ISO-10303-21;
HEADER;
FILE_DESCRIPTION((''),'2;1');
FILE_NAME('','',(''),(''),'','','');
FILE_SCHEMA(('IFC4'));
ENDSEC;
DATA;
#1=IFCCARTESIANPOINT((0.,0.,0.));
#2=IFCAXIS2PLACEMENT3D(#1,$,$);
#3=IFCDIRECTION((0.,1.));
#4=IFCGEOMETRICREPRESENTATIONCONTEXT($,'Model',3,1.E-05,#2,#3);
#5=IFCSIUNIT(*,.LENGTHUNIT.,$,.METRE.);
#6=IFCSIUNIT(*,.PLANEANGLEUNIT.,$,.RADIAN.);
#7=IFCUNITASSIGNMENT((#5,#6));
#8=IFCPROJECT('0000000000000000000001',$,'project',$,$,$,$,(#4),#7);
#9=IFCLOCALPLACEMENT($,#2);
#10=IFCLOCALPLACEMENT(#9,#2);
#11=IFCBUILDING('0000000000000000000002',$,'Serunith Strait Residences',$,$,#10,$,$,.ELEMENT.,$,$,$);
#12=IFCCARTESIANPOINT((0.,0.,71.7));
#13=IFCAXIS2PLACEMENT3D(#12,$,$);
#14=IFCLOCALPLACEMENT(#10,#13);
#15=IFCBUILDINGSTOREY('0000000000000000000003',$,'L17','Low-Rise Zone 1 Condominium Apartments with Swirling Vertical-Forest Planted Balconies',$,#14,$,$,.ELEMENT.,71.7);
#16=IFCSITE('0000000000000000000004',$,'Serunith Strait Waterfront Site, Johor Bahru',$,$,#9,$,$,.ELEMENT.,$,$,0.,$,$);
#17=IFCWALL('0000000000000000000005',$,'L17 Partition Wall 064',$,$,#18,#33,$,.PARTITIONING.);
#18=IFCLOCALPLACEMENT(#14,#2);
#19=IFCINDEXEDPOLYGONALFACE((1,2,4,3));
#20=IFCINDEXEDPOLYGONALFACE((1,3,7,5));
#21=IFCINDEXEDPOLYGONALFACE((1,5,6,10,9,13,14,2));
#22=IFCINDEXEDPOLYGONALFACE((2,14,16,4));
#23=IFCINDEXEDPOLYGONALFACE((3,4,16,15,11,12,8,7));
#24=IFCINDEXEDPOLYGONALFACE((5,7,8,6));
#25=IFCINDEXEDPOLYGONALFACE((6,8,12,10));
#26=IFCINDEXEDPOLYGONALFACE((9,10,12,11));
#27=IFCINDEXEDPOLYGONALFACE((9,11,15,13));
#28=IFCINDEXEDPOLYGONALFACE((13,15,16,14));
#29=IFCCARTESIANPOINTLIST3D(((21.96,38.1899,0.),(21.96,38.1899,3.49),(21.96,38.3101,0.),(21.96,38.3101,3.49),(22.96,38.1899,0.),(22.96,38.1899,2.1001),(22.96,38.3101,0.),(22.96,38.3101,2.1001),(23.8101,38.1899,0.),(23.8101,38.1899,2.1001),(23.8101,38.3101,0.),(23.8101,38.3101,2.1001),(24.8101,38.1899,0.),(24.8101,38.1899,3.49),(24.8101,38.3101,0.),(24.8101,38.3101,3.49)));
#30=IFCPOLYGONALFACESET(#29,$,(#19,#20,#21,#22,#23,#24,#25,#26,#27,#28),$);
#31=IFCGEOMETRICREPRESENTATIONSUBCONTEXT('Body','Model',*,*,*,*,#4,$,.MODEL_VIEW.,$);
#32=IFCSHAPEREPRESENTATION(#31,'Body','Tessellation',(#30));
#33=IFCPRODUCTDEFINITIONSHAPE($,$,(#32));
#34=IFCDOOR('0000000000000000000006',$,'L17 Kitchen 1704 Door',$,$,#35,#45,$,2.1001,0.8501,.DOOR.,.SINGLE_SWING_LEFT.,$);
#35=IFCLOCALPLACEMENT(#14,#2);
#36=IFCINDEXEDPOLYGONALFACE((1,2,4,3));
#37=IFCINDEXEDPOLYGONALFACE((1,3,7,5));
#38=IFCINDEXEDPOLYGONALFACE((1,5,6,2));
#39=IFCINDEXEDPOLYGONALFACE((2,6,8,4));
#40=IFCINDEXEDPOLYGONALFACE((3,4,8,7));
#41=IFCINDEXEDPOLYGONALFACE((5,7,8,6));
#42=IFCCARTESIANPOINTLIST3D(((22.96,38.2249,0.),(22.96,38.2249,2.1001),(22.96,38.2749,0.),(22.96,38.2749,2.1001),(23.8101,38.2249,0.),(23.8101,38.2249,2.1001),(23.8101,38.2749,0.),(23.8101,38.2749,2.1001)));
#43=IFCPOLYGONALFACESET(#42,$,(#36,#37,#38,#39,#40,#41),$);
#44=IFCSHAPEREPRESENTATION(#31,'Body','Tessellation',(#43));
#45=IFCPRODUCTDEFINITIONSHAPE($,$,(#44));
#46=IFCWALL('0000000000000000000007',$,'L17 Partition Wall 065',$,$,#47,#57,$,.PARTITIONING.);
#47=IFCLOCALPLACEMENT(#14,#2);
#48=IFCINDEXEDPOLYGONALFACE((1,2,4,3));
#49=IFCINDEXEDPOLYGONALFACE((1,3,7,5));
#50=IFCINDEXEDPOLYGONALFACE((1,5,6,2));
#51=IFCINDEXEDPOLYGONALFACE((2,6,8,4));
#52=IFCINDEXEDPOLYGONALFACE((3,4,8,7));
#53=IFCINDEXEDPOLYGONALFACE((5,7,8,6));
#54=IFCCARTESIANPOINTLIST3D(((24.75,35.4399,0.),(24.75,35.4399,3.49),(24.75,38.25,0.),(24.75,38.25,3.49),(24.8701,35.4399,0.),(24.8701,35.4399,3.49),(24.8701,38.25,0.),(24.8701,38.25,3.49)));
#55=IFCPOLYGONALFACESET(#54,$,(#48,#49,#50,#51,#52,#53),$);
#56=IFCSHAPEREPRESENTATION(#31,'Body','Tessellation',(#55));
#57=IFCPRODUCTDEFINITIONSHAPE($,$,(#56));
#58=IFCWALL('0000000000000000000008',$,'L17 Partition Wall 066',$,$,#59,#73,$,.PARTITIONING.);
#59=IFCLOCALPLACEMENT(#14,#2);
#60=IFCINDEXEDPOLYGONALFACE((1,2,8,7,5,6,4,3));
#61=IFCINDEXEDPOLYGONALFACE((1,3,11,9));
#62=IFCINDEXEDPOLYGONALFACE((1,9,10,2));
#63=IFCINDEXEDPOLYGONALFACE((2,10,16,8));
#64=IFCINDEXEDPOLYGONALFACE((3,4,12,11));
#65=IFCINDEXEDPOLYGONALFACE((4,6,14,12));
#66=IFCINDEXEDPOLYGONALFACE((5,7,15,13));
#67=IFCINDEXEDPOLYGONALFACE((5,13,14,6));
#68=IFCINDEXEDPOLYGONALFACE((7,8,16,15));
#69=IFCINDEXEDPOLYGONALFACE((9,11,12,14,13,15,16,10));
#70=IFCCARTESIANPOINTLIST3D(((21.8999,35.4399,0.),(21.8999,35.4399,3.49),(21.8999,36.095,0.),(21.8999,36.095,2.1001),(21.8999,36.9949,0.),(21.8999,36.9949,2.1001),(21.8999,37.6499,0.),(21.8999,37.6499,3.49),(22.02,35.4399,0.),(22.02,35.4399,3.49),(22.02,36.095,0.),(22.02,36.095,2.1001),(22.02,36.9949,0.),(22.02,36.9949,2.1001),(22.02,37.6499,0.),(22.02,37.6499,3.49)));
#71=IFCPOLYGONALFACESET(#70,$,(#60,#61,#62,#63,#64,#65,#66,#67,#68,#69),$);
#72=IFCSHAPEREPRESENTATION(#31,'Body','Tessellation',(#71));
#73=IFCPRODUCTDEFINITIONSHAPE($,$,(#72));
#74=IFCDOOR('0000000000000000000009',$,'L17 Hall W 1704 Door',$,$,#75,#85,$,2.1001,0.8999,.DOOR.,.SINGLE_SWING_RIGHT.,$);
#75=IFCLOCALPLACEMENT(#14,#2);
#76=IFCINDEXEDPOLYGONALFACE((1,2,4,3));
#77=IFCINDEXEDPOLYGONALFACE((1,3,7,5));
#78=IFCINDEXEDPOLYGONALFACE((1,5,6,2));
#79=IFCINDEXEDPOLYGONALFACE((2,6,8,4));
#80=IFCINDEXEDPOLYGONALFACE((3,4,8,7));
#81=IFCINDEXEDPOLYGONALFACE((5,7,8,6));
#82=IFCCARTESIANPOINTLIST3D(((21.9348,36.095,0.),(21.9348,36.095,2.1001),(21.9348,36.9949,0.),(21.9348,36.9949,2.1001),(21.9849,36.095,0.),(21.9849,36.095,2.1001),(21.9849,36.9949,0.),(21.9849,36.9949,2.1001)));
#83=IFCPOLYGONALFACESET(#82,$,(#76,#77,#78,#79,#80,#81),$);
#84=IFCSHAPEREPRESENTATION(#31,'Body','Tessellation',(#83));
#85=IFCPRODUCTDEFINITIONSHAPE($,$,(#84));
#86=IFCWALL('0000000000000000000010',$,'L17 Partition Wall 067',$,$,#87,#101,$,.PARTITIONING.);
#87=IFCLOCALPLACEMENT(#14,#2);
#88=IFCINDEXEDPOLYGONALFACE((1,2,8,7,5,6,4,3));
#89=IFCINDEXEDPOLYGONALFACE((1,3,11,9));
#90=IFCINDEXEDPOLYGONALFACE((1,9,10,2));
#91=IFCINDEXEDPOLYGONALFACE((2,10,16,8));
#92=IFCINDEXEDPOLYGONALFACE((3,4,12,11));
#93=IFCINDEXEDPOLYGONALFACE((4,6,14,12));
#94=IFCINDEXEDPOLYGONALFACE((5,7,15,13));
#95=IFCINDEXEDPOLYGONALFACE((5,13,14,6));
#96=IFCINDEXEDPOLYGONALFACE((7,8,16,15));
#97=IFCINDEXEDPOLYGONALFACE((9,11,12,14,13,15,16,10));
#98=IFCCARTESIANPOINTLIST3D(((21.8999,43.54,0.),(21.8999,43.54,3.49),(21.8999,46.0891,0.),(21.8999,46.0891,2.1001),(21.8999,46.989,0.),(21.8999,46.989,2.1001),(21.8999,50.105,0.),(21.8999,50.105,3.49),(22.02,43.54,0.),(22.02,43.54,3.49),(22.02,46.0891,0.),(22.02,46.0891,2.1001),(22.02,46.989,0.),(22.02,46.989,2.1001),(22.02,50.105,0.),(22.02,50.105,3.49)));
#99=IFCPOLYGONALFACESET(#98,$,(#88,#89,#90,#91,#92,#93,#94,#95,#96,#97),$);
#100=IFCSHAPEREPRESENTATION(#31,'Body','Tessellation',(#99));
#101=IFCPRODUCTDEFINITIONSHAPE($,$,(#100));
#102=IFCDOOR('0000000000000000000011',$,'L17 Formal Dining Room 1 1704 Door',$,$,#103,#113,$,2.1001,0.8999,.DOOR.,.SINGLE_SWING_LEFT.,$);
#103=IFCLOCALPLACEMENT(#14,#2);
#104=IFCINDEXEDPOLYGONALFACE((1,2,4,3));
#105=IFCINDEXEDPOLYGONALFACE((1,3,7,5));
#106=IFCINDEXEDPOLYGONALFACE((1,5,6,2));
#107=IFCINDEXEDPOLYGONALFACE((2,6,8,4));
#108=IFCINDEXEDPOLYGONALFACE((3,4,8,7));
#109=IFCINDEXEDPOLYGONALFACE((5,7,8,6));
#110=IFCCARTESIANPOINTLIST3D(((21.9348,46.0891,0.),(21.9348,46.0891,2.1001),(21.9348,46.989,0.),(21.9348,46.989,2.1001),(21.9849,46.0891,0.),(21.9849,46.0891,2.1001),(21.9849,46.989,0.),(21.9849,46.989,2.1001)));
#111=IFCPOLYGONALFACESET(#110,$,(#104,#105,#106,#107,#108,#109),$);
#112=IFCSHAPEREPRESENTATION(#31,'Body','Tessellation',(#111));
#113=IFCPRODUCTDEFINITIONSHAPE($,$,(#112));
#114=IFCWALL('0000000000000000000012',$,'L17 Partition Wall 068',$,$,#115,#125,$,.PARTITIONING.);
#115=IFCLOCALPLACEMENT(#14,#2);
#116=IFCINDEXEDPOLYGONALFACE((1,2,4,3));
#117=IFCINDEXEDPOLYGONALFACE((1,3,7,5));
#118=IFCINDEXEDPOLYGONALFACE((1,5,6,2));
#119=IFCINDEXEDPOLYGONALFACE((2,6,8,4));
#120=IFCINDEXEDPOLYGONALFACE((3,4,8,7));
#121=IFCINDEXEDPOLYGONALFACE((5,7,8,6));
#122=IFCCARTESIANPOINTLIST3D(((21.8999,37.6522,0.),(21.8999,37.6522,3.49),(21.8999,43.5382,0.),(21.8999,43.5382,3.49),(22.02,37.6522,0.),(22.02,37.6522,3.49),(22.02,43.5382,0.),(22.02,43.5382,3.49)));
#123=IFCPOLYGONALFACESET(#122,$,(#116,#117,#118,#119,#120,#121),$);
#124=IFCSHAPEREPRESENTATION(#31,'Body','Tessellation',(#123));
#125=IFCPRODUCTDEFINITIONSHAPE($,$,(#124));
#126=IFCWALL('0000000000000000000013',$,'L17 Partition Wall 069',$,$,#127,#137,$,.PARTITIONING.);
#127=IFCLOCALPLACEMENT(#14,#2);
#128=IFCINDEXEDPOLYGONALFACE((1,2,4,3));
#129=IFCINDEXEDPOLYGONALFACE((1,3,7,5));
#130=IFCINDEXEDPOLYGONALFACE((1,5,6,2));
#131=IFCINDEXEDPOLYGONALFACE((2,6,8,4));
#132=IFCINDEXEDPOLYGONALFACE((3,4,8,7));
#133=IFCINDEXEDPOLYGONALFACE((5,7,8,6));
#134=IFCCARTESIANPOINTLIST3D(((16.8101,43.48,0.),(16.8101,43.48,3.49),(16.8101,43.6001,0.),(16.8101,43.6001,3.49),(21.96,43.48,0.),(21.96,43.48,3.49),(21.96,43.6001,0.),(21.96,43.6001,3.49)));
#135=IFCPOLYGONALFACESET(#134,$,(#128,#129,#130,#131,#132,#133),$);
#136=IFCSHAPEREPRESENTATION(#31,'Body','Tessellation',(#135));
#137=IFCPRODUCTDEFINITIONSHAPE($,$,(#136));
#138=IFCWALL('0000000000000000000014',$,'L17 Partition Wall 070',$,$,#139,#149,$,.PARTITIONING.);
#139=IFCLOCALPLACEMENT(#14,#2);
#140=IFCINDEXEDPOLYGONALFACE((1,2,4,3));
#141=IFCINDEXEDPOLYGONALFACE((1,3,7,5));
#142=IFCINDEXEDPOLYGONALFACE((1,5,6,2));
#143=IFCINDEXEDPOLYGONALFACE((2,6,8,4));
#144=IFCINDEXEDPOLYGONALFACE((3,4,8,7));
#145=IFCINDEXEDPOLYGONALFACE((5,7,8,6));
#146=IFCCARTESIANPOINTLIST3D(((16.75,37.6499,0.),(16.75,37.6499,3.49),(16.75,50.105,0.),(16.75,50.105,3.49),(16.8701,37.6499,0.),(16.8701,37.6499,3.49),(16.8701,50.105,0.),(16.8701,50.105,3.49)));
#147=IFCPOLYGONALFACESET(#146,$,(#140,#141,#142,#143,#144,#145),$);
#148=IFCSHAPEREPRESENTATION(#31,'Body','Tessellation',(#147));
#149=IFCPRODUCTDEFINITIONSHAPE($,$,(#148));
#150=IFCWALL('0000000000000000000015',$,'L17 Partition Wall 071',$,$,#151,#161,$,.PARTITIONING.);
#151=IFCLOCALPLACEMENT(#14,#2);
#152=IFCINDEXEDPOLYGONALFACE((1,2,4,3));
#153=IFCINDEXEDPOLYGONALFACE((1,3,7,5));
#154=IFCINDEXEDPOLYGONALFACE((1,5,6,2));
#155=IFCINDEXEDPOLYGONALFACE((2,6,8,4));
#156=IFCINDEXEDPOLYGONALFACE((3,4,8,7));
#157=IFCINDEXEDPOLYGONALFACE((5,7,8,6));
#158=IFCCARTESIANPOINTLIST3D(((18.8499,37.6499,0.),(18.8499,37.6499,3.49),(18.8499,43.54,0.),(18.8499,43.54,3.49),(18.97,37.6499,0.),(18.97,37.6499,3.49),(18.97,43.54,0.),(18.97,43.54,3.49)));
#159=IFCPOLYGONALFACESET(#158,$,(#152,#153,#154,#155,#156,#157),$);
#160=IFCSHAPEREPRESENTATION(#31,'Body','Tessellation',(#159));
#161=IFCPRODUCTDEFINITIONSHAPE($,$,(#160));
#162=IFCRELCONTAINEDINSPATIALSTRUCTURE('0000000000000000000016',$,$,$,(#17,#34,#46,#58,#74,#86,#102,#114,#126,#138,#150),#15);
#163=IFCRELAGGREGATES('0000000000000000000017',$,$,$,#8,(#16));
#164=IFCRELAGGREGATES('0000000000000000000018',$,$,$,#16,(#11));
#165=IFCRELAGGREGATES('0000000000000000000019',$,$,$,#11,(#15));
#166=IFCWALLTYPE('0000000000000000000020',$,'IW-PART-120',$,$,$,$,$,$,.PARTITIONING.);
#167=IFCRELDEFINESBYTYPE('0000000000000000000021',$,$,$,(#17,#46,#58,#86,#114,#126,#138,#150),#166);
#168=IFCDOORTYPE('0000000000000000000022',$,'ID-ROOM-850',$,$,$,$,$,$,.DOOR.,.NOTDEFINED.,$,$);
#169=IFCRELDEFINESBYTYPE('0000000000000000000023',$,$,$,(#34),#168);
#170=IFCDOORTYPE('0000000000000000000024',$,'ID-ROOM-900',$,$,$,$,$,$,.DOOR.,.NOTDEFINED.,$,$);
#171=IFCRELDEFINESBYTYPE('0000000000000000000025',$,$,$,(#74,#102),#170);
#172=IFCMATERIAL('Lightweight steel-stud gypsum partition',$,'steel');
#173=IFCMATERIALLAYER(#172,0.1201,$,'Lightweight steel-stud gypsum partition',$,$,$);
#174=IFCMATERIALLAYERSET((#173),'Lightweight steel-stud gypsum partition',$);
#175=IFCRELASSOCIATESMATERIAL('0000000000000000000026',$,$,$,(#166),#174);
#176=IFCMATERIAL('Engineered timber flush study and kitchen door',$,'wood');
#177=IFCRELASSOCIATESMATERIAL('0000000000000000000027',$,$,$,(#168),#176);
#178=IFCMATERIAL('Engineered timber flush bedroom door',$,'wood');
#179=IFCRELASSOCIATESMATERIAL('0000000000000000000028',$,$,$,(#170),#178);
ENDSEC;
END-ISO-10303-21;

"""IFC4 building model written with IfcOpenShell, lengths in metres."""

from ifc_helpers import new_model, si_unit, direction, frame, frame_2d, origin, place, context, subcontext, project, spatial, rectangle, extrude, source, transform, mapped, material, layer, layer_set, type_object, element, fill, save


model = new_model("IFC4")

# Units and contexts
model_context = context("Model", 3, precision=1e-05, world=origin(), true_north=direction((0.0, 1.0)))
body_context = subcontext(model_context, "Body", "Model", "MODEL_VIEW")
ifc_project = project(units=[si_unit("LENGTHUNIT", "METRE"), si_unit("PLANEANGLEUNIT", "RADIAN")], contexts=[model_context])

# Site, building, storey
site_placement = place(None, origin())
site = spatial("IfcSite", under=ifc_project, at=site_placement, Name="Serunith Strait Waterfront Site, Johor Bahru", CompositionType="ELEMENT", RefElevation=0.0)
building_placement = place(site_placement, origin())
building = spatial("IfcBuilding", under=site, at=building_placement, Name="Serunith Strait Residences", CompositionType="ELEMENT")
storey_placement = place(building_placement, frame((0.0, 0.0, 71.7)))
storey = spatial("IfcBuildingStorey", under=building, at=storey_placement, Name="L17", Description="Low-Rise Zone 1 Condominium Apartments with Swirling Vertical-Forest Planted Balconies", CompositionType="ELEMENT", Elevation=71.7)

# Wall, opening, door
ifc_material_1 = material(Name="Lightweight steel-stud gypsum partition", Category="steel")
ifc_layer_1 = layer(ifc_material_1, 0.1201, Name="Lightweight steel-stud gypsum partition")
ifc_layer_set_1 = layer_set([ifc_layer_1], Name="Lightweight steel-stud gypsum partition")
wall_type = type_object("IfcWallType", Name="IW-PART-120", PredefinedType="PARTITIONING", material=ifc_layer_set_1)
wall_1_placement = place(storey_placement, frame((21.96, 38.25, 0.0), z_axis=(0.0, 0.0, 1.0), x_axis=(1.0, 0.0, 0.0)))
wall_1 = element("IfcWall", 1, at=wall_1_placement, inside=storey, type_object=wall_type, Name="L17 Partition Wall 064", PredefinedType="PARTITIONING", context=body_context, shape_type="SweptSolid", body=[
    extrude(rectangle(XDim=2.8501, YDim=0.1201, at=frame_2d((1.425, 0.0))), origin(), (0.0, 0.0, 1.0), 3.49),
])
opening_1_placement = place(wall_1_placement, frame((1.0, 0.0, 0.0)))
opening_1 = element("IfcOpeningElement", 2, at=opening_1_placement, cuts=wall_1, PredefinedType="OPENING", context=body_context, shape_type="SweptSolid", body=[
    extrude(rectangle(XDim=0.8501, YDim=2.1001, at=frame_2d((0.425, 1.05))), frame((0.0, 0.0701, 0.0), z_axis=(0.0, -1.0, 0.0), x_axis=(1.0, 0.0, 0.0)), (0.0, 0.0, 1.0), 0.1401),
])
ifc_material_2 = material(Name="Engineered timber flush study and kitchen door", Category="wood")
door_type_1 = type_object("IfcDoorType", Name="ID-ROOM-850", OperationType="NOTDEFINED", PredefinedType="DOOR", material=ifc_material_2)
shared_shape_1 = source(origin(), body_context, "Body", "SweptSolid", [
    extrude(rectangle(XDim=0.8501, YDim=2.1001, at=frame_2d((0.425, 1.05))), frame((0.0, 0.0249, 0.0), z_axis=(0.0, -1.0, 0.0), x_axis=(1.0, 0.0, 0.0)), (0.0, 0.0, 1.0), 0.05),
])
door_1_placement = place(opening_1_placement, origin())
door_1 = element("IfcDoor", 3, at=door_1_placement, inside=storey, type_object=door_type_1, Name="L17 Kitchen 1704 Door", OperationType="SINGLE_SWING_LEFT", OverallHeight=2.1001, OverallWidth=0.8501, PredefinedType="DOOR", context=body_context, shape_type="MappedRepresentation", body=[
    mapped(shared_shape_1, transform((0.0, 0.0, 0.0), scale=1.0)),
])
fill(opening_1, door_1)

# Wall
wall_2_placement = place(storey_placement, frame((24.8101, 38.25, 0.0), z_axis=(0.0, 0.0, 1.0), x_axis=(0.0, -1.0, 0.0)))
element("IfcWall", 4, at=wall_2_placement, inside=storey, type_object=wall_type, Name="L17 Partition Wall 065", PredefinedType="PARTITIONING", context=body_context, shape_type="SweptSolid", body=[
    extrude(rectangle(XDim=2.8101, YDim=0.1201, at=frame_2d((1.405, 0.0))), origin(), (0.0, 0.0, 1.0), 3.49),
])

# Walls, openings, doors
wall_3_placement = place(storey_placement, frame((21.96, 37.6499, 0.0), z_axis=(0.0, 0.0, 1.0), x_axis=(0.0, -1.0, 0.0)))
wall_3 = element("IfcWall", 5, at=wall_3_placement, inside=storey, type_object=wall_type, Name="L17 Partition Wall 066", PredefinedType="PARTITIONING", context=body_context, shape_type="SweptSolid", body=[
    extrude(rectangle(XDim=2.21, YDim=0.1201, at=frame_2d((1.105, 0.0))), origin(), (0.0, 0.0, 1.0), 3.49),
])
opening_2_placement = place(wall_3_placement, frame((0.655, 0.0, 0.0)))
opening_2 = element("IfcOpeningElement", 6, at=opening_2_placement, cuts=wall_3, PredefinedType="OPENING", context=body_context, shape_type="SweptSolid", body=[
    extrude(rectangle(XDim=0.8999, YDim=2.1001, at=frame_2d((0.45, 1.05))), frame((0.0, 0.0701, 0.0), z_axis=(0.0, -1.0, 0.0), x_axis=(1.0, 0.0, 0.0)), (0.0, 0.0, 1.0), 0.1401),
])
ifc_material_3 = material(Name="Engineered timber flush bedroom door", Category="wood")
door_type_2 = type_object("IfcDoorType", Name="ID-ROOM-900", OperationType="NOTDEFINED", PredefinedType="DOOR", material=ifc_material_3)
shared_shape_2 = source(origin(), body_context, "Body", "SweptSolid", [
    extrude(rectangle(XDim=0.8999, YDim=2.1001, at=frame_2d((0.45, 1.05))), frame((0.0, 0.0249, 0.0), z_axis=(0.0, -1.0, 0.0), x_axis=(1.0, 0.0, 0.0)), (0.0, 0.0, 1.0), 0.05),
])
door_2_placement = place(opening_2_placement, origin())
door_2 = element("IfcDoor", 7, at=door_2_placement, inside=storey, type_object=door_type_2, Name="L17 Hall W 1704 Door", OperationType="SINGLE_SWING_RIGHT", OverallHeight=2.1001, OverallWidth=0.8999, PredefinedType="DOOR", context=body_context, shape_type="MappedRepresentation", body=[
    mapped(shared_shape_2, transform((0.0, 0.0, 0.0), scale=1.0)),
])
fill(opening_2, door_2)
wall_4_placement = place(storey_placement, frame((21.96, 50.105, 0.0), z_axis=(0.0, 0.0, 1.0), x_axis=(0.0, -1.0, 0.0)))
wall_4 = element("IfcWall", 8, at=wall_4_placement, inside=storey, type_object=wall_type, Name="L17 Partition Wall 067", PredefinedType="PARTITIONING", context=body_context, shape_type="SweptSolid", body=[
    extrude(rectangle(XDim=6.5649, YDim=0.1201, at=frame_2d((3.2825, 0.0))), origin(), (0.0, 0.0, 1.0), 3.49),
])
opening_3_placement = place(wall_4_placement, frame((3.116, 0.0, 0.0)))
opening_3 = element("IfcOpeningElement", 9, at=opening_3_placement, cuts=wall_4, PredefinedType="OPENING", context=body_context, shape_type="SweptSolid", body=[
    extrude(rectangle(XDim=0.8999, YDim=2.1001, at=frame_2d((0.45, 1.05))), frame((0.0, 0.0701, 0.0), z_axis=(0.0, -1.0, 0.0), x_axis=(1.0, 0.0, 0.0)), (0.0, 0.0, 1.0), 0.1401),
])
door_3_placement = place(opening_3_placement, origin())
door_3 = element("IfcDoor", 10, at=door_3_placement, inside=storey, type_object=door_type_2, Name="L17 Formal Dining Room 1 1704 Door", OperationType="SINGLE_SWING_LEFT", OverallHeight=2.1001, OverallWidth=0.8999, PredefinedType="DOOR", context=body_context, shape_type="MappedRepresentation", body=[
    mapped(shared_shape_2, transform((0.0, 0.0, 0.0), scale=1.0)),
])
fill(opening_3, door_3)

# Walls
wall_5_placement = place(storey_placement, frame((21.96, 43.5381, 0.0), z_axis=(0.0, 0.0, 1.0), x_axis=(0.0, -1.0, 0.0)))
element("IfcWall", 11, at=wall_5_placement, inside=storey, type_object=wall_type, Name="L17 Partition Wall 068", PredefinedType="PARTITIONING", context=body_context, shape_type="SweptSolid", body=[
    extrude(rectangle(XDim=5.886, YDim=0.1201, at=frame_2d((2.9429, 0.0))), origin(), (0.0, 0.0, 1.0), 3.49),
])
wall_6_placement = place(storey_placement, frame((16.8101, 43.54, 0.0), z_axis=(0.0, 0.0, 1.0), x_axis=(1.0, 0.0, 0.0)))
element("IfcWall", 12, at=wall_6_placement, inside=storey, type_object=wall_type, Name="L17 Partition Wall 069", PredefinedType="PARTITIONING", context=body_context, shape_type="SweptSolid", body=[
    extrude(rectangle(XDim=5.1499, YDim=0.1201, at=frame_2d((2.575, 0.0))), origin(), (0.0, 0.0, 1.0), 3.49),
])
wall_7_placement = place(storey_placement, frame((16.8101, 50.105, 0.0), z_axis=(0.0, 0.0, 1.0), x_axis=(0.0, -1.0, 0.0)))
element("IfcWall", 13, at=wall_7_placement, inside=storey, type_object=wall_type, Name="L17 Partition Wall 070", PredefinedType="PARTITIONING", context=body_context, shape_type="SweptSolid", body=[
    extrude(rectangle(XDim=12.4551, YDim=0.1201, at=frame_2d((6.2275, 0.0))), origin(), (0.0, 0.0, 1.0), 3.49),
])
wall_8_placement = place(storey_placement, frame((18.9099, 43.54, 0.0), z_axis=(0.0, 0.0, 1.0), x_axis=(0.0, -1.0, 0.0)))
element("IfcWall", 14, at=wall_8_placement, inside=storey, type_object=wall_type, Name="L17 Partition Wall 071", PredefinedType="PARTITIONING", context=body_context, shape_type="SweptSolid", body=[
    extrude(rectangle(XDim=5.8901, YDim=0.1201, at=frame_2d((2.9451, 0.0))), origin(), (0.0, 0.0, 1.0), 3.49),
])

save(model, "model.ifc")
